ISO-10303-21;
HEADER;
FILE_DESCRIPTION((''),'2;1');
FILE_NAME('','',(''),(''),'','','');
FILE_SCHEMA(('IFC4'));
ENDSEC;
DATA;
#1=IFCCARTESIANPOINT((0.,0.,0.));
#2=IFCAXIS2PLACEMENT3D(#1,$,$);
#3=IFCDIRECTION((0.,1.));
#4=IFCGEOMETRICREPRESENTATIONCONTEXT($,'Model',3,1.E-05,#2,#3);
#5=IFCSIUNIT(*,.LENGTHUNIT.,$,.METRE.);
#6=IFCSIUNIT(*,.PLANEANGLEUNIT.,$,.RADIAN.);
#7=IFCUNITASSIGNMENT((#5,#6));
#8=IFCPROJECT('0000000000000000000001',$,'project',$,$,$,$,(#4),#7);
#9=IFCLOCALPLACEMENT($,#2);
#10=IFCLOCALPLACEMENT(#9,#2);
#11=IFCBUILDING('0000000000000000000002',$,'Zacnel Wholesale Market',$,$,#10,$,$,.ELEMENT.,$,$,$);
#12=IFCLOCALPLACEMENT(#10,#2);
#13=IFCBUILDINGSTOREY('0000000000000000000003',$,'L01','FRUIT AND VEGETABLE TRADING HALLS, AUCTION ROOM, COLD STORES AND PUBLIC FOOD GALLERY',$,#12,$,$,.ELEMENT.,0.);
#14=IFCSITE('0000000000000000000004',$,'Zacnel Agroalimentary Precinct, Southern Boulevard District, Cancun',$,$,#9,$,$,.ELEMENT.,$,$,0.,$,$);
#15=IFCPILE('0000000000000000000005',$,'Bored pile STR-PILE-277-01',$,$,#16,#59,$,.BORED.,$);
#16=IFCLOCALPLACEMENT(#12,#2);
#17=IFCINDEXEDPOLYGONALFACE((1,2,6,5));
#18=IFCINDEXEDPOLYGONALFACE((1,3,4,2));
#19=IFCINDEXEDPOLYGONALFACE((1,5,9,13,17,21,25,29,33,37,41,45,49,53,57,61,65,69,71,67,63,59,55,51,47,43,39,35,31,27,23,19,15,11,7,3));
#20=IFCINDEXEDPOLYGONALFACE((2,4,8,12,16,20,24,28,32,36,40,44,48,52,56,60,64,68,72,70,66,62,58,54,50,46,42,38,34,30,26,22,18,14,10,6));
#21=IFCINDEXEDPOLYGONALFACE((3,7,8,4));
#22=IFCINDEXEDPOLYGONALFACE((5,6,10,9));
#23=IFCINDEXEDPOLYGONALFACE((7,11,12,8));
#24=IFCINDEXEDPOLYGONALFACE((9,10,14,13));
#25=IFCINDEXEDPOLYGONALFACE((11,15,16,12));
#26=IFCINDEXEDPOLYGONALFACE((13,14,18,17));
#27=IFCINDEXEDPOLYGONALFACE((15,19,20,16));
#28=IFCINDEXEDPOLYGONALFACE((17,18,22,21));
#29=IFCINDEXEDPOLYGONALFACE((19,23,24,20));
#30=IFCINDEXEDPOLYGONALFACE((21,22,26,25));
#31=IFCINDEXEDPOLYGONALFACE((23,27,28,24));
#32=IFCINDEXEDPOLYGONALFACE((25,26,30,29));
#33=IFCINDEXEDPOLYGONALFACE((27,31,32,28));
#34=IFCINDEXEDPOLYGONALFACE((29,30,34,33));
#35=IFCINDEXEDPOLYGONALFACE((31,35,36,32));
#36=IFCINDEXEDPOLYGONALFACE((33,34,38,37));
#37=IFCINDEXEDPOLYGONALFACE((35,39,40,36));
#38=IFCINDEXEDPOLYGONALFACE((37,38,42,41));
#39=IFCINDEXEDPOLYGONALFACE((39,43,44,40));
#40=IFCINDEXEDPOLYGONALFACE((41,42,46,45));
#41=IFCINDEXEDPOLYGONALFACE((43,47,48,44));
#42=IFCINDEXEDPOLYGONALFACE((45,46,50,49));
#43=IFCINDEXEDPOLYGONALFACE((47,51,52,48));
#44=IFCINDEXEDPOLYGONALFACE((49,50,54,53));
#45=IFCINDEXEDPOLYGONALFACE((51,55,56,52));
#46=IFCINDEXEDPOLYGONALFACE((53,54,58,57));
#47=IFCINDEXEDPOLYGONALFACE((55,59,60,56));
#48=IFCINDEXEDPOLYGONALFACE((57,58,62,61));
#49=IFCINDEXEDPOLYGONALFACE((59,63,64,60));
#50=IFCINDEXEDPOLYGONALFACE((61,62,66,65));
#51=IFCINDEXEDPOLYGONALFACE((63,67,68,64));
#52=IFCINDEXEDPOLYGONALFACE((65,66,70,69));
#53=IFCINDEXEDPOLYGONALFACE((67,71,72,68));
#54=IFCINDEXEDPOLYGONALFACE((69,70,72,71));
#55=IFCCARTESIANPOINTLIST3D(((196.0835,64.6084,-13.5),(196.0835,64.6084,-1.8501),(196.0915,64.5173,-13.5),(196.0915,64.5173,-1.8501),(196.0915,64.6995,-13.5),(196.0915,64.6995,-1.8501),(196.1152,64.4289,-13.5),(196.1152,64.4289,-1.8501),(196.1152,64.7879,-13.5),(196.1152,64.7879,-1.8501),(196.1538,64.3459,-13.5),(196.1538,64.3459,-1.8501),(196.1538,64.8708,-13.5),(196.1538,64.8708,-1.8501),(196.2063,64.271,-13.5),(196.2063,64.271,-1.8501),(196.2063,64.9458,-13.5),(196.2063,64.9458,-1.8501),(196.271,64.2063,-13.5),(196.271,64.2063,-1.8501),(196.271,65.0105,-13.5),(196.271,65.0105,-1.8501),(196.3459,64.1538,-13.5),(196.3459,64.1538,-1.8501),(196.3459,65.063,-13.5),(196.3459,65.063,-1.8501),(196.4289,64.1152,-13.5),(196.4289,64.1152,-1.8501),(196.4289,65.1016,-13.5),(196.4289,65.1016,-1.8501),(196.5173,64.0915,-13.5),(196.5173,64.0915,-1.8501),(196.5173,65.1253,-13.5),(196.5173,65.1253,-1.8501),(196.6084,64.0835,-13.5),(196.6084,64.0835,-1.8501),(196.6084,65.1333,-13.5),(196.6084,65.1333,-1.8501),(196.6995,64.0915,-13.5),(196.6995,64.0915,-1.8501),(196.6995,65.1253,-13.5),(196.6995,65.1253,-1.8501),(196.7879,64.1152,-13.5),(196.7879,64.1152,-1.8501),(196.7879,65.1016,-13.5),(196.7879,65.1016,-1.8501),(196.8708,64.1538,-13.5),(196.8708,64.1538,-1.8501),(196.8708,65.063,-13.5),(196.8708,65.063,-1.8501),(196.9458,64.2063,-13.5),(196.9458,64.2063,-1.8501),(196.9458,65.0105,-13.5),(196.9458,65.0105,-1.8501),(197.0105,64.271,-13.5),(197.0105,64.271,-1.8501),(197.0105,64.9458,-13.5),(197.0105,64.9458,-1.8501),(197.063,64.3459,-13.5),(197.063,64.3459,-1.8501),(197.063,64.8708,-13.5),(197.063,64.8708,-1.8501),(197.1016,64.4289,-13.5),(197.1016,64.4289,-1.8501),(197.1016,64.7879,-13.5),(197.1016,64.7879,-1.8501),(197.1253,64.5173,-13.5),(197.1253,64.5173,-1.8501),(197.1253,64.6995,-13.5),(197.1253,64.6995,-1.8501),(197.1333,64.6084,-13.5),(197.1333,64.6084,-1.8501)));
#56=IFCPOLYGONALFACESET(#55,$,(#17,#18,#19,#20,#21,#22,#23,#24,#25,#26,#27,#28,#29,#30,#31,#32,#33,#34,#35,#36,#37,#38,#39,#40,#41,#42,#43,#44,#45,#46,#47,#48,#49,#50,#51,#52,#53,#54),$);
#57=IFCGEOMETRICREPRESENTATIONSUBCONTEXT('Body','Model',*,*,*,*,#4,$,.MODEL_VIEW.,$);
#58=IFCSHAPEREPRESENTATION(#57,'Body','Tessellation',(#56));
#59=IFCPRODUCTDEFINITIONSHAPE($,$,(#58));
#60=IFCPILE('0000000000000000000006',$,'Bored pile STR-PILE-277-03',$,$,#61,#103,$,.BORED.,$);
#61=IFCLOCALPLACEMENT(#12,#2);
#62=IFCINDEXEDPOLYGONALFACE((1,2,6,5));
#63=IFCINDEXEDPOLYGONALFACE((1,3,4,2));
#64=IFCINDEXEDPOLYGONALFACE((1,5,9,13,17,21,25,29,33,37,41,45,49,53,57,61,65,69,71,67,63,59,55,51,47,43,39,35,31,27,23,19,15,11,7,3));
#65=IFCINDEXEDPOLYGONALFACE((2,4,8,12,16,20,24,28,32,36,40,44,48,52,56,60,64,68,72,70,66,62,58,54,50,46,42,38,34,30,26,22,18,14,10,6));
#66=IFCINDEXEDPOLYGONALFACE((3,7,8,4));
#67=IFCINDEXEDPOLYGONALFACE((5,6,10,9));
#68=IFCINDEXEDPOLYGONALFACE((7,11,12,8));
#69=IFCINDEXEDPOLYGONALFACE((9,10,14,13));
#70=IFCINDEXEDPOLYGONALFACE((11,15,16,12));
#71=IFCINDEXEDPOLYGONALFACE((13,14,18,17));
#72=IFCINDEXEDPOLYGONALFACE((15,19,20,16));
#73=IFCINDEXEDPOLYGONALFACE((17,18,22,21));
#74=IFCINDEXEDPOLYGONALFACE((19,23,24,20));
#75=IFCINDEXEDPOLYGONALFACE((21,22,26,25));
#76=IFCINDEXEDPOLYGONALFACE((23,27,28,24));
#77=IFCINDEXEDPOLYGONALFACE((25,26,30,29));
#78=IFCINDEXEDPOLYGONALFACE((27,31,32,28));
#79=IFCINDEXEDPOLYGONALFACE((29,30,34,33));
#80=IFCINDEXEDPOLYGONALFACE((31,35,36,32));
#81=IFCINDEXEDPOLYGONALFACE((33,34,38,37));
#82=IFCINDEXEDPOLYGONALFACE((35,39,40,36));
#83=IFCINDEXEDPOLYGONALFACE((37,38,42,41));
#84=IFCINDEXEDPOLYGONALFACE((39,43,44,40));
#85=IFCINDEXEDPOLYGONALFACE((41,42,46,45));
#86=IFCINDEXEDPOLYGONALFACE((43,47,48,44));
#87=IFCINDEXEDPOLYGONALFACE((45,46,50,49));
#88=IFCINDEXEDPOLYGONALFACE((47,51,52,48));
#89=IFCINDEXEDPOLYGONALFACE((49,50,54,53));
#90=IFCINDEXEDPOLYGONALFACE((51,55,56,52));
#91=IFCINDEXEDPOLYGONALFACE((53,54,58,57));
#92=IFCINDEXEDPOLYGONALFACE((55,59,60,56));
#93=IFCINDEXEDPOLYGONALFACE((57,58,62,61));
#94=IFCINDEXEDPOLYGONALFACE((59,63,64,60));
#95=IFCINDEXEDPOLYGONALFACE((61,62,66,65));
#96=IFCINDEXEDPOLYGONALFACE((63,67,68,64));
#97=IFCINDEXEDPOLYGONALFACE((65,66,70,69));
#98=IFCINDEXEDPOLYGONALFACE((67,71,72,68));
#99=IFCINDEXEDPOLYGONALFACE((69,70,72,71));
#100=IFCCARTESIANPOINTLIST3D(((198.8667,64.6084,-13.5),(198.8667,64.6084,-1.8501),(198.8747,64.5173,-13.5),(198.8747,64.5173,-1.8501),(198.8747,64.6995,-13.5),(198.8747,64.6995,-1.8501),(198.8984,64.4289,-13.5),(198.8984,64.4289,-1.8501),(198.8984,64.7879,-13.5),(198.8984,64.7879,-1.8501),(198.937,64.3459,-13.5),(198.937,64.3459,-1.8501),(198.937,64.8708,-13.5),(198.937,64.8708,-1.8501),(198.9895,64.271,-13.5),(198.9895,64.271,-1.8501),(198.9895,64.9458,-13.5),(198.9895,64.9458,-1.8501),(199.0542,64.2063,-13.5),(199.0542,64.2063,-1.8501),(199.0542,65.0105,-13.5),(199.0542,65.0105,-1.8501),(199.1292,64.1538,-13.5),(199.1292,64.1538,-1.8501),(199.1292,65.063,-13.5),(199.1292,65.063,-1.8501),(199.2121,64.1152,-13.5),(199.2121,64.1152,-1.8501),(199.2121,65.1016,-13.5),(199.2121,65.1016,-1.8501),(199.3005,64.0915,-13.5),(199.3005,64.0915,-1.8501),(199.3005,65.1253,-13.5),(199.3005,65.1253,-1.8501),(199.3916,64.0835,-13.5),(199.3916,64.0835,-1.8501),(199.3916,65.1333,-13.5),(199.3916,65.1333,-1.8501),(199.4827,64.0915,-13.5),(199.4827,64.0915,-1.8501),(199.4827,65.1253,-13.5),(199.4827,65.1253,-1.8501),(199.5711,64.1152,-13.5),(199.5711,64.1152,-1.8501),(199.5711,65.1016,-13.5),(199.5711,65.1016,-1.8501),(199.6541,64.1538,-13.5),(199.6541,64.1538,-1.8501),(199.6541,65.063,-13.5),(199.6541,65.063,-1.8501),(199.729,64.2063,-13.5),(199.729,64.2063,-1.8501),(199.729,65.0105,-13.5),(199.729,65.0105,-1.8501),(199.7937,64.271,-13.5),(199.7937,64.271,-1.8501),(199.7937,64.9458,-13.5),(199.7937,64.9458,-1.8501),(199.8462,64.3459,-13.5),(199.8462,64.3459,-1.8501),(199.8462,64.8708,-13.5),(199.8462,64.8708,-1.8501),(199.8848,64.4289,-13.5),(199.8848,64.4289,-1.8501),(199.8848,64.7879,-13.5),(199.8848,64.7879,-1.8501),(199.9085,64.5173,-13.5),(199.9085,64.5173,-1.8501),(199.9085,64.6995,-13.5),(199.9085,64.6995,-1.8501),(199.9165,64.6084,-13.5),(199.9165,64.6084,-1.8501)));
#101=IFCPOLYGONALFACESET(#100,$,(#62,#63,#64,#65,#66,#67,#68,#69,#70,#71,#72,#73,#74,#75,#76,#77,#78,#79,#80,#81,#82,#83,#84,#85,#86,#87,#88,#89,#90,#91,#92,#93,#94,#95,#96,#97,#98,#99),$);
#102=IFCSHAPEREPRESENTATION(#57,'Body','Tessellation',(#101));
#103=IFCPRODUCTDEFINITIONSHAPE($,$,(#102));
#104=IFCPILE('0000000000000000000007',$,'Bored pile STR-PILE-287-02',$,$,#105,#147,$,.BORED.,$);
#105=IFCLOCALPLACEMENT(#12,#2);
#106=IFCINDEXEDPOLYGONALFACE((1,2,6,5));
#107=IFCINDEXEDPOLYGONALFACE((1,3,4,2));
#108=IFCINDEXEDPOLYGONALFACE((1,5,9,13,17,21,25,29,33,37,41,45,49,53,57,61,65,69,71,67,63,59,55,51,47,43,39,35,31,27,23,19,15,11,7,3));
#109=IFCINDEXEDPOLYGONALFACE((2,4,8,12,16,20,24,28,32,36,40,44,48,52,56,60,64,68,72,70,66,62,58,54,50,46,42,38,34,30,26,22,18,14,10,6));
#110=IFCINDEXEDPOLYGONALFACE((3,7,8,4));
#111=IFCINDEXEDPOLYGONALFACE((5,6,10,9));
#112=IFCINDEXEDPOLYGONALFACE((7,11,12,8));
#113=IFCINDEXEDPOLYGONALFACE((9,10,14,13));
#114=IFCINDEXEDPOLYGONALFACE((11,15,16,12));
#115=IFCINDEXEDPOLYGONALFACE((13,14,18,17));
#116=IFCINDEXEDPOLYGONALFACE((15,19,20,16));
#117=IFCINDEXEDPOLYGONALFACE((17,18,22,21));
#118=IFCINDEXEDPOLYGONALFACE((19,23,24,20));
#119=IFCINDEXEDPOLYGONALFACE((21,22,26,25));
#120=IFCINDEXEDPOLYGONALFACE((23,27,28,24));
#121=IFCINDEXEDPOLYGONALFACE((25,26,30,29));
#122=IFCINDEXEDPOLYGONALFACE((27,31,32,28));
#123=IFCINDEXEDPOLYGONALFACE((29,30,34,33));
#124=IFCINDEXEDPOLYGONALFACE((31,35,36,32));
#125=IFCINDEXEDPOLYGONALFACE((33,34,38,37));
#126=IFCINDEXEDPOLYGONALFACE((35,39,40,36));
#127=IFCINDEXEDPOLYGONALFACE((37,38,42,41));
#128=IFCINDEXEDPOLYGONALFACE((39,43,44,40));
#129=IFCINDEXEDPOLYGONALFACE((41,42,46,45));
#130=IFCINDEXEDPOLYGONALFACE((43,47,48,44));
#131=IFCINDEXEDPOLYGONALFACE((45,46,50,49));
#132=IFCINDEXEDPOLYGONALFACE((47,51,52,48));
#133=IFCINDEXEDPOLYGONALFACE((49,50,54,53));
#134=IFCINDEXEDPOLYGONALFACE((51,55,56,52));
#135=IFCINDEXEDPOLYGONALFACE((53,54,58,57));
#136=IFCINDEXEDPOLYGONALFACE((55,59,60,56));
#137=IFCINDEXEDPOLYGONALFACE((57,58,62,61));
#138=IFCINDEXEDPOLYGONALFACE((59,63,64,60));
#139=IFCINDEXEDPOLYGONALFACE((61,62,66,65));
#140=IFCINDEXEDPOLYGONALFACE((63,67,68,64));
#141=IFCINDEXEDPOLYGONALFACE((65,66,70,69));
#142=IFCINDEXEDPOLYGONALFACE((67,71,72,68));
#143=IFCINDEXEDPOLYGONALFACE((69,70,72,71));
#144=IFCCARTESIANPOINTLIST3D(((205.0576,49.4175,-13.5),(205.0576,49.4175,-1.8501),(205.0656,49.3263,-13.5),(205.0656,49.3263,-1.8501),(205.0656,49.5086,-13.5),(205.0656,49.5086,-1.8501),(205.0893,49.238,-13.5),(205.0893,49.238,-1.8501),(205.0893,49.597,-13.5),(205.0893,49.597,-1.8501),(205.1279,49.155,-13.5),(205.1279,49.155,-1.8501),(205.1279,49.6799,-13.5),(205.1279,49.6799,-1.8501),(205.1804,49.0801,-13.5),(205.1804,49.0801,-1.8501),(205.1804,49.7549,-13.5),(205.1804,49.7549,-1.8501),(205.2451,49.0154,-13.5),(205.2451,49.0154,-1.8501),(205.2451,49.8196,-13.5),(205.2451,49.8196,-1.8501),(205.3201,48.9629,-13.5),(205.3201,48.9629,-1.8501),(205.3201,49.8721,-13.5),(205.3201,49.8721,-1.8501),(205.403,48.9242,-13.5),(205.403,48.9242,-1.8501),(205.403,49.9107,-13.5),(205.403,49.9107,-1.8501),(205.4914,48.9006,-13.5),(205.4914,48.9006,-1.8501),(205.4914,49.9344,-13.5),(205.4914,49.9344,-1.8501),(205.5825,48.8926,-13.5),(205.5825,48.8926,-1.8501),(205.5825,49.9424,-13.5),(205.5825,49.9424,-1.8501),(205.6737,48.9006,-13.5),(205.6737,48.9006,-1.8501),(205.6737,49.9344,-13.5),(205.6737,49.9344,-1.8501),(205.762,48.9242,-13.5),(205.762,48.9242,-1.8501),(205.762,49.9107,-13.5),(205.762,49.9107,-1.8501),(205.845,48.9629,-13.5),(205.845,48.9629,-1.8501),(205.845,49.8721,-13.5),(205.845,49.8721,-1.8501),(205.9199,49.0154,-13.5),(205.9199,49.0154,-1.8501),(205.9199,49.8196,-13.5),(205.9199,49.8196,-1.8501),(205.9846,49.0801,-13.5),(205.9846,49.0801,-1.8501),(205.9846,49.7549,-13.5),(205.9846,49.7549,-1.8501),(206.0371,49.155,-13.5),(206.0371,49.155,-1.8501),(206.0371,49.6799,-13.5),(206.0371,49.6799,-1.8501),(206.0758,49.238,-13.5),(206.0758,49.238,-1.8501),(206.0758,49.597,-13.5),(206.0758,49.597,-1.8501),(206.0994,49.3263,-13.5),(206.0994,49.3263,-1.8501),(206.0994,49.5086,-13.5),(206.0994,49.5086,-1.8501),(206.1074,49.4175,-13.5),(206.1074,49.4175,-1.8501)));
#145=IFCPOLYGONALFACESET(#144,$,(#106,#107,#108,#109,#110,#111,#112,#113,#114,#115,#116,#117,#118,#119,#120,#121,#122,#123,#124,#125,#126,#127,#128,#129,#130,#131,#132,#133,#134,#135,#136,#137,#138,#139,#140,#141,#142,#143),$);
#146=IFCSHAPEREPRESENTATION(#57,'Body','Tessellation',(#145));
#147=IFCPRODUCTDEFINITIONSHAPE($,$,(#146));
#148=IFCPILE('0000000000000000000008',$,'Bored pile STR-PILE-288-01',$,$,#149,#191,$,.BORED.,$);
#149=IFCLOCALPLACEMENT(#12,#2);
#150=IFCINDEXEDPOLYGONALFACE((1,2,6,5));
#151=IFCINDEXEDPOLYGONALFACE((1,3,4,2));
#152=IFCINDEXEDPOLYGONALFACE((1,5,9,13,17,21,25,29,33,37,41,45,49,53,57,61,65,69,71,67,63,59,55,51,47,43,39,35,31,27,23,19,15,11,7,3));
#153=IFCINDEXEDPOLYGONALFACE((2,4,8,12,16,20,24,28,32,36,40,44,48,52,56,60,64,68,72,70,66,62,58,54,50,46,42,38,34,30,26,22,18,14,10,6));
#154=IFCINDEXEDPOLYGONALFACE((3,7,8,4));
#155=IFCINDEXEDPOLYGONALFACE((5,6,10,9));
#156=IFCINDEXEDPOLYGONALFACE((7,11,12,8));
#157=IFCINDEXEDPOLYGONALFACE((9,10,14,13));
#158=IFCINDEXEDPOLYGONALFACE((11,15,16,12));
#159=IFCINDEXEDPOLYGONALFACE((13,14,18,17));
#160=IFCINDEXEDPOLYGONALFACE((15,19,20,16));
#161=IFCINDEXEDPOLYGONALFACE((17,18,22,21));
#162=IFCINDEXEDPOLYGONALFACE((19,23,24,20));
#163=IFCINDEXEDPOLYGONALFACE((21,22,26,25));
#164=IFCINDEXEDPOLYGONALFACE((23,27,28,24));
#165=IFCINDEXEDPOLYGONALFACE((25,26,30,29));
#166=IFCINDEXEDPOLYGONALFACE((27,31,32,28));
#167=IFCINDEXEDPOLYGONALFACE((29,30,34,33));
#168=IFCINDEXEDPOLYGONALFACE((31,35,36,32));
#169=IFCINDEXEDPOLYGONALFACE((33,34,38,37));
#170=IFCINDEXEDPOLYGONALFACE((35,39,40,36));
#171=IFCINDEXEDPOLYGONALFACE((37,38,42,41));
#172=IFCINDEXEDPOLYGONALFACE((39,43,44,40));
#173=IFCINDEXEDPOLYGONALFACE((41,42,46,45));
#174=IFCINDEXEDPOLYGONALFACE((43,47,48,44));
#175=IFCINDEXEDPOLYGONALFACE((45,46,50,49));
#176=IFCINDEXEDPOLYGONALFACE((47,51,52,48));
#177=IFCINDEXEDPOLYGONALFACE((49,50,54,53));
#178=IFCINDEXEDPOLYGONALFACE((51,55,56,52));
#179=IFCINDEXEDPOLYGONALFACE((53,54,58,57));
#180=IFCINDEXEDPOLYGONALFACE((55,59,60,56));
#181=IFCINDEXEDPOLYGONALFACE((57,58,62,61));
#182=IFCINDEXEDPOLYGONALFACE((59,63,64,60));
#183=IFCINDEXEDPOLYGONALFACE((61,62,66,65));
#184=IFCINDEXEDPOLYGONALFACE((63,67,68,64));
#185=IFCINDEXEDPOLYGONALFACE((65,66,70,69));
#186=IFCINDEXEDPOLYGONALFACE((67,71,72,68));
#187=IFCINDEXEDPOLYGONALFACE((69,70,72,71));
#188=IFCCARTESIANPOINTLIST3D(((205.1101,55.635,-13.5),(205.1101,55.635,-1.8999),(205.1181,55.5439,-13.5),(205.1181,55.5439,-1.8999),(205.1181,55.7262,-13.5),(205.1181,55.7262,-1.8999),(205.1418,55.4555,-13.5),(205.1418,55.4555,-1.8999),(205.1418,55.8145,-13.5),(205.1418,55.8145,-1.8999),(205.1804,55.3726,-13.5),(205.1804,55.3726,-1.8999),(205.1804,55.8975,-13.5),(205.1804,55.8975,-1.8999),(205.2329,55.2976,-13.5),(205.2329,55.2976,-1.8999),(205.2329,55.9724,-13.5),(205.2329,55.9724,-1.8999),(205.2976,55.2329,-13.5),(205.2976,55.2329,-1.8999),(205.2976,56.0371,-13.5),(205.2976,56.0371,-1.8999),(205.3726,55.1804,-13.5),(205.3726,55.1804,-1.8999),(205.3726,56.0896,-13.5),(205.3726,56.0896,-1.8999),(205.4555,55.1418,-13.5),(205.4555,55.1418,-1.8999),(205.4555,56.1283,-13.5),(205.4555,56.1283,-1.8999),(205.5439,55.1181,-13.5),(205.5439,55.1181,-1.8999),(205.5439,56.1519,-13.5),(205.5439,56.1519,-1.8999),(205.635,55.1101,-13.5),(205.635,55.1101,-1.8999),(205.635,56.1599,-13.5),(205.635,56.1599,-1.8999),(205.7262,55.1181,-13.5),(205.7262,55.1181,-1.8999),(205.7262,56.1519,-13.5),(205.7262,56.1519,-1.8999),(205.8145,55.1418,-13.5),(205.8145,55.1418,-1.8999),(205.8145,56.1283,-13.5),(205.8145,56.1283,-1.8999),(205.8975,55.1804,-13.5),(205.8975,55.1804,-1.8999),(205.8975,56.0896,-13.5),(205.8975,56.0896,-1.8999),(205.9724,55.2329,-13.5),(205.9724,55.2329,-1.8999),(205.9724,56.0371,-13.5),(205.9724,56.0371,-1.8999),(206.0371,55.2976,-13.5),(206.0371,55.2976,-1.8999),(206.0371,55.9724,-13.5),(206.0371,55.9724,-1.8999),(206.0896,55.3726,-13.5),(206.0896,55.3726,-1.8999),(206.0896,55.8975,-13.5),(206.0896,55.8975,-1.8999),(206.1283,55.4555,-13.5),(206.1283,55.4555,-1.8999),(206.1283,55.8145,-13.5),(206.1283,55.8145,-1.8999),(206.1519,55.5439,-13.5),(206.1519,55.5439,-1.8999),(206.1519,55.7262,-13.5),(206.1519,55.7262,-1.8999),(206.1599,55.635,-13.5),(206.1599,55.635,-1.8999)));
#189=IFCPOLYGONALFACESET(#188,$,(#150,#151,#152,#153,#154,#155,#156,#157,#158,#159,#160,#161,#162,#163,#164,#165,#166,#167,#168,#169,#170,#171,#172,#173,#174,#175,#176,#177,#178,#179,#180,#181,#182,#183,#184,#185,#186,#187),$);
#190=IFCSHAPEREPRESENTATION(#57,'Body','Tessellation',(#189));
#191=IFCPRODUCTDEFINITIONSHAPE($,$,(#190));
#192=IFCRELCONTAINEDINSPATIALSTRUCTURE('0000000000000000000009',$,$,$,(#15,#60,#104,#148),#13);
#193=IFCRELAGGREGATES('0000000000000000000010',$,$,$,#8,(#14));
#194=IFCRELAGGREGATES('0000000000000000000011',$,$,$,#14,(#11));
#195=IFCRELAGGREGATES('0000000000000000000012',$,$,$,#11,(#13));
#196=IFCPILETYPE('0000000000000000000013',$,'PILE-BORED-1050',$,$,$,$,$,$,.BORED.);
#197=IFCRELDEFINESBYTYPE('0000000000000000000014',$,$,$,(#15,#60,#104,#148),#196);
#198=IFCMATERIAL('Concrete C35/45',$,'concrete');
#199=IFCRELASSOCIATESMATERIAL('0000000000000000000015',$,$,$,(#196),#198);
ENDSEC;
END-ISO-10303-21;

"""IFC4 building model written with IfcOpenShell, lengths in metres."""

from ifc_helpers import new_model, si_unit, direction, frame, origin, origin_2d, place, context, subcontext, project, spatial, circle, extrude, material, material_profile, profile_set, type_object, element, save


model = new_model("IFC4")

# Units and contexts
model_context = context("Model", 3, precision=1e-05, world=origin(), true_north=direction((0.0, 1.0)))
body_context = subcontext(model_context, "Body", "Model", "MODEL_VIEW")
ifc_project = project(units=[si_unit("LENGTHUNIT", "METRE"), si_unit("PLANEANGLEUNIT", "RADIAN")], contexts=[model_context])

# Site, building, storey
site_placement = place(None, origin())
site = spatial("IfcSite", under=ifc_project, at=site_placement, Name="Zacnel Agroalimentary Precinct, Southern Boulevard District, Cancun", CompositionType="ELEMENT", RefElevation=0.0)
building_placement = place(site_placement, origin())
building = spatial("IfcBuilding", under=site, at=building_placement, Name="Zacnel Wholesale Market", CompositionType="ELEMENT")
storey_placement = place(building_placement, origin())
storey = spatial("IfcBuildingStorey", under=building, at=storey_placement, Name="L01", Description="FRUIT AND VEGETABLE TRADING HALLS, AUCTION ROOM, COLD STORES AND PUBLIC FOOD GALLERY", CompositionType="ELEMENT", Elevation=0.0)

# Piles
ifc_material_1 = material(Name="Concrete C35/45", Category="concrete")
ifc_material_profile_1 = material_profile(ifc_material_1, circle(Radius=0.5249, at=origin_2d()), Name="BORED PILE D1050")
ifc_profile_set_1 = profile_set([ifc_material_profile_1], Name="Concrete C35/45")
pile_type = type_object("IfcPileType", Name="PILE-BORED-1050", PredefinedType="BORED", material=ifc_profile_set_1)
for number, where, z_axis, x_axis, name in (
    (1, (196.6084, 64.6084, -1.8501), (0.0, 0.0, -1.0), (1.0, 0.0, 0.0), "Bored pile STR-PILE-277-01"),
    (2, (199.3916, 64.6084, -1.8501), (0.0, 0.0, -1.0), (1.0, 0.0, 0.0), "Bored pile STR-PILE-277-03"),
    (3, (205.5825, 49.4175, -1.8501), (0.0, 0.0, -1.0), (1.0, 0.0, 0.0), "Bored pile STR-PILE-287-02"),
):
    element("IfcPile", number, at=place(storey_placement, frame(where, z_axis=z_axis, x_axis=x_axis)), inside=storey, type_object=pile_type, Name=name, PredefinedType="BORED", context=body_context, shape_type="SweptSolid", body=[
        extrude(circle(Radius=0.5249, at=origin_2d()), origin(), (0.0, 0.0, 1.0), 11.6499),
    ])
for number, where, z_axis, x_axis, name in (
    (4, (205.635, 55.635, -1.8999), (0.0, 0.0, -1.0), (1.0, 0.0, 0.0), "Bored pile STR-PILE-288-01"),
):
    element("IfcPile", number, at=place(storey_placement, frame(where, z_axis=z_axis, x_axis=x_axis)), inside=storey, type_object=pile_type, Name=name, PredefinedType="BORED", context=body_context, shape_type="SweptSolid", body=[
        extrude(circle(Radius=0.5249, at=origin_2d()), origin(), (0.0, 0.0, 1.0), 11.6001),
    ])

save(model, "model.ifc")
